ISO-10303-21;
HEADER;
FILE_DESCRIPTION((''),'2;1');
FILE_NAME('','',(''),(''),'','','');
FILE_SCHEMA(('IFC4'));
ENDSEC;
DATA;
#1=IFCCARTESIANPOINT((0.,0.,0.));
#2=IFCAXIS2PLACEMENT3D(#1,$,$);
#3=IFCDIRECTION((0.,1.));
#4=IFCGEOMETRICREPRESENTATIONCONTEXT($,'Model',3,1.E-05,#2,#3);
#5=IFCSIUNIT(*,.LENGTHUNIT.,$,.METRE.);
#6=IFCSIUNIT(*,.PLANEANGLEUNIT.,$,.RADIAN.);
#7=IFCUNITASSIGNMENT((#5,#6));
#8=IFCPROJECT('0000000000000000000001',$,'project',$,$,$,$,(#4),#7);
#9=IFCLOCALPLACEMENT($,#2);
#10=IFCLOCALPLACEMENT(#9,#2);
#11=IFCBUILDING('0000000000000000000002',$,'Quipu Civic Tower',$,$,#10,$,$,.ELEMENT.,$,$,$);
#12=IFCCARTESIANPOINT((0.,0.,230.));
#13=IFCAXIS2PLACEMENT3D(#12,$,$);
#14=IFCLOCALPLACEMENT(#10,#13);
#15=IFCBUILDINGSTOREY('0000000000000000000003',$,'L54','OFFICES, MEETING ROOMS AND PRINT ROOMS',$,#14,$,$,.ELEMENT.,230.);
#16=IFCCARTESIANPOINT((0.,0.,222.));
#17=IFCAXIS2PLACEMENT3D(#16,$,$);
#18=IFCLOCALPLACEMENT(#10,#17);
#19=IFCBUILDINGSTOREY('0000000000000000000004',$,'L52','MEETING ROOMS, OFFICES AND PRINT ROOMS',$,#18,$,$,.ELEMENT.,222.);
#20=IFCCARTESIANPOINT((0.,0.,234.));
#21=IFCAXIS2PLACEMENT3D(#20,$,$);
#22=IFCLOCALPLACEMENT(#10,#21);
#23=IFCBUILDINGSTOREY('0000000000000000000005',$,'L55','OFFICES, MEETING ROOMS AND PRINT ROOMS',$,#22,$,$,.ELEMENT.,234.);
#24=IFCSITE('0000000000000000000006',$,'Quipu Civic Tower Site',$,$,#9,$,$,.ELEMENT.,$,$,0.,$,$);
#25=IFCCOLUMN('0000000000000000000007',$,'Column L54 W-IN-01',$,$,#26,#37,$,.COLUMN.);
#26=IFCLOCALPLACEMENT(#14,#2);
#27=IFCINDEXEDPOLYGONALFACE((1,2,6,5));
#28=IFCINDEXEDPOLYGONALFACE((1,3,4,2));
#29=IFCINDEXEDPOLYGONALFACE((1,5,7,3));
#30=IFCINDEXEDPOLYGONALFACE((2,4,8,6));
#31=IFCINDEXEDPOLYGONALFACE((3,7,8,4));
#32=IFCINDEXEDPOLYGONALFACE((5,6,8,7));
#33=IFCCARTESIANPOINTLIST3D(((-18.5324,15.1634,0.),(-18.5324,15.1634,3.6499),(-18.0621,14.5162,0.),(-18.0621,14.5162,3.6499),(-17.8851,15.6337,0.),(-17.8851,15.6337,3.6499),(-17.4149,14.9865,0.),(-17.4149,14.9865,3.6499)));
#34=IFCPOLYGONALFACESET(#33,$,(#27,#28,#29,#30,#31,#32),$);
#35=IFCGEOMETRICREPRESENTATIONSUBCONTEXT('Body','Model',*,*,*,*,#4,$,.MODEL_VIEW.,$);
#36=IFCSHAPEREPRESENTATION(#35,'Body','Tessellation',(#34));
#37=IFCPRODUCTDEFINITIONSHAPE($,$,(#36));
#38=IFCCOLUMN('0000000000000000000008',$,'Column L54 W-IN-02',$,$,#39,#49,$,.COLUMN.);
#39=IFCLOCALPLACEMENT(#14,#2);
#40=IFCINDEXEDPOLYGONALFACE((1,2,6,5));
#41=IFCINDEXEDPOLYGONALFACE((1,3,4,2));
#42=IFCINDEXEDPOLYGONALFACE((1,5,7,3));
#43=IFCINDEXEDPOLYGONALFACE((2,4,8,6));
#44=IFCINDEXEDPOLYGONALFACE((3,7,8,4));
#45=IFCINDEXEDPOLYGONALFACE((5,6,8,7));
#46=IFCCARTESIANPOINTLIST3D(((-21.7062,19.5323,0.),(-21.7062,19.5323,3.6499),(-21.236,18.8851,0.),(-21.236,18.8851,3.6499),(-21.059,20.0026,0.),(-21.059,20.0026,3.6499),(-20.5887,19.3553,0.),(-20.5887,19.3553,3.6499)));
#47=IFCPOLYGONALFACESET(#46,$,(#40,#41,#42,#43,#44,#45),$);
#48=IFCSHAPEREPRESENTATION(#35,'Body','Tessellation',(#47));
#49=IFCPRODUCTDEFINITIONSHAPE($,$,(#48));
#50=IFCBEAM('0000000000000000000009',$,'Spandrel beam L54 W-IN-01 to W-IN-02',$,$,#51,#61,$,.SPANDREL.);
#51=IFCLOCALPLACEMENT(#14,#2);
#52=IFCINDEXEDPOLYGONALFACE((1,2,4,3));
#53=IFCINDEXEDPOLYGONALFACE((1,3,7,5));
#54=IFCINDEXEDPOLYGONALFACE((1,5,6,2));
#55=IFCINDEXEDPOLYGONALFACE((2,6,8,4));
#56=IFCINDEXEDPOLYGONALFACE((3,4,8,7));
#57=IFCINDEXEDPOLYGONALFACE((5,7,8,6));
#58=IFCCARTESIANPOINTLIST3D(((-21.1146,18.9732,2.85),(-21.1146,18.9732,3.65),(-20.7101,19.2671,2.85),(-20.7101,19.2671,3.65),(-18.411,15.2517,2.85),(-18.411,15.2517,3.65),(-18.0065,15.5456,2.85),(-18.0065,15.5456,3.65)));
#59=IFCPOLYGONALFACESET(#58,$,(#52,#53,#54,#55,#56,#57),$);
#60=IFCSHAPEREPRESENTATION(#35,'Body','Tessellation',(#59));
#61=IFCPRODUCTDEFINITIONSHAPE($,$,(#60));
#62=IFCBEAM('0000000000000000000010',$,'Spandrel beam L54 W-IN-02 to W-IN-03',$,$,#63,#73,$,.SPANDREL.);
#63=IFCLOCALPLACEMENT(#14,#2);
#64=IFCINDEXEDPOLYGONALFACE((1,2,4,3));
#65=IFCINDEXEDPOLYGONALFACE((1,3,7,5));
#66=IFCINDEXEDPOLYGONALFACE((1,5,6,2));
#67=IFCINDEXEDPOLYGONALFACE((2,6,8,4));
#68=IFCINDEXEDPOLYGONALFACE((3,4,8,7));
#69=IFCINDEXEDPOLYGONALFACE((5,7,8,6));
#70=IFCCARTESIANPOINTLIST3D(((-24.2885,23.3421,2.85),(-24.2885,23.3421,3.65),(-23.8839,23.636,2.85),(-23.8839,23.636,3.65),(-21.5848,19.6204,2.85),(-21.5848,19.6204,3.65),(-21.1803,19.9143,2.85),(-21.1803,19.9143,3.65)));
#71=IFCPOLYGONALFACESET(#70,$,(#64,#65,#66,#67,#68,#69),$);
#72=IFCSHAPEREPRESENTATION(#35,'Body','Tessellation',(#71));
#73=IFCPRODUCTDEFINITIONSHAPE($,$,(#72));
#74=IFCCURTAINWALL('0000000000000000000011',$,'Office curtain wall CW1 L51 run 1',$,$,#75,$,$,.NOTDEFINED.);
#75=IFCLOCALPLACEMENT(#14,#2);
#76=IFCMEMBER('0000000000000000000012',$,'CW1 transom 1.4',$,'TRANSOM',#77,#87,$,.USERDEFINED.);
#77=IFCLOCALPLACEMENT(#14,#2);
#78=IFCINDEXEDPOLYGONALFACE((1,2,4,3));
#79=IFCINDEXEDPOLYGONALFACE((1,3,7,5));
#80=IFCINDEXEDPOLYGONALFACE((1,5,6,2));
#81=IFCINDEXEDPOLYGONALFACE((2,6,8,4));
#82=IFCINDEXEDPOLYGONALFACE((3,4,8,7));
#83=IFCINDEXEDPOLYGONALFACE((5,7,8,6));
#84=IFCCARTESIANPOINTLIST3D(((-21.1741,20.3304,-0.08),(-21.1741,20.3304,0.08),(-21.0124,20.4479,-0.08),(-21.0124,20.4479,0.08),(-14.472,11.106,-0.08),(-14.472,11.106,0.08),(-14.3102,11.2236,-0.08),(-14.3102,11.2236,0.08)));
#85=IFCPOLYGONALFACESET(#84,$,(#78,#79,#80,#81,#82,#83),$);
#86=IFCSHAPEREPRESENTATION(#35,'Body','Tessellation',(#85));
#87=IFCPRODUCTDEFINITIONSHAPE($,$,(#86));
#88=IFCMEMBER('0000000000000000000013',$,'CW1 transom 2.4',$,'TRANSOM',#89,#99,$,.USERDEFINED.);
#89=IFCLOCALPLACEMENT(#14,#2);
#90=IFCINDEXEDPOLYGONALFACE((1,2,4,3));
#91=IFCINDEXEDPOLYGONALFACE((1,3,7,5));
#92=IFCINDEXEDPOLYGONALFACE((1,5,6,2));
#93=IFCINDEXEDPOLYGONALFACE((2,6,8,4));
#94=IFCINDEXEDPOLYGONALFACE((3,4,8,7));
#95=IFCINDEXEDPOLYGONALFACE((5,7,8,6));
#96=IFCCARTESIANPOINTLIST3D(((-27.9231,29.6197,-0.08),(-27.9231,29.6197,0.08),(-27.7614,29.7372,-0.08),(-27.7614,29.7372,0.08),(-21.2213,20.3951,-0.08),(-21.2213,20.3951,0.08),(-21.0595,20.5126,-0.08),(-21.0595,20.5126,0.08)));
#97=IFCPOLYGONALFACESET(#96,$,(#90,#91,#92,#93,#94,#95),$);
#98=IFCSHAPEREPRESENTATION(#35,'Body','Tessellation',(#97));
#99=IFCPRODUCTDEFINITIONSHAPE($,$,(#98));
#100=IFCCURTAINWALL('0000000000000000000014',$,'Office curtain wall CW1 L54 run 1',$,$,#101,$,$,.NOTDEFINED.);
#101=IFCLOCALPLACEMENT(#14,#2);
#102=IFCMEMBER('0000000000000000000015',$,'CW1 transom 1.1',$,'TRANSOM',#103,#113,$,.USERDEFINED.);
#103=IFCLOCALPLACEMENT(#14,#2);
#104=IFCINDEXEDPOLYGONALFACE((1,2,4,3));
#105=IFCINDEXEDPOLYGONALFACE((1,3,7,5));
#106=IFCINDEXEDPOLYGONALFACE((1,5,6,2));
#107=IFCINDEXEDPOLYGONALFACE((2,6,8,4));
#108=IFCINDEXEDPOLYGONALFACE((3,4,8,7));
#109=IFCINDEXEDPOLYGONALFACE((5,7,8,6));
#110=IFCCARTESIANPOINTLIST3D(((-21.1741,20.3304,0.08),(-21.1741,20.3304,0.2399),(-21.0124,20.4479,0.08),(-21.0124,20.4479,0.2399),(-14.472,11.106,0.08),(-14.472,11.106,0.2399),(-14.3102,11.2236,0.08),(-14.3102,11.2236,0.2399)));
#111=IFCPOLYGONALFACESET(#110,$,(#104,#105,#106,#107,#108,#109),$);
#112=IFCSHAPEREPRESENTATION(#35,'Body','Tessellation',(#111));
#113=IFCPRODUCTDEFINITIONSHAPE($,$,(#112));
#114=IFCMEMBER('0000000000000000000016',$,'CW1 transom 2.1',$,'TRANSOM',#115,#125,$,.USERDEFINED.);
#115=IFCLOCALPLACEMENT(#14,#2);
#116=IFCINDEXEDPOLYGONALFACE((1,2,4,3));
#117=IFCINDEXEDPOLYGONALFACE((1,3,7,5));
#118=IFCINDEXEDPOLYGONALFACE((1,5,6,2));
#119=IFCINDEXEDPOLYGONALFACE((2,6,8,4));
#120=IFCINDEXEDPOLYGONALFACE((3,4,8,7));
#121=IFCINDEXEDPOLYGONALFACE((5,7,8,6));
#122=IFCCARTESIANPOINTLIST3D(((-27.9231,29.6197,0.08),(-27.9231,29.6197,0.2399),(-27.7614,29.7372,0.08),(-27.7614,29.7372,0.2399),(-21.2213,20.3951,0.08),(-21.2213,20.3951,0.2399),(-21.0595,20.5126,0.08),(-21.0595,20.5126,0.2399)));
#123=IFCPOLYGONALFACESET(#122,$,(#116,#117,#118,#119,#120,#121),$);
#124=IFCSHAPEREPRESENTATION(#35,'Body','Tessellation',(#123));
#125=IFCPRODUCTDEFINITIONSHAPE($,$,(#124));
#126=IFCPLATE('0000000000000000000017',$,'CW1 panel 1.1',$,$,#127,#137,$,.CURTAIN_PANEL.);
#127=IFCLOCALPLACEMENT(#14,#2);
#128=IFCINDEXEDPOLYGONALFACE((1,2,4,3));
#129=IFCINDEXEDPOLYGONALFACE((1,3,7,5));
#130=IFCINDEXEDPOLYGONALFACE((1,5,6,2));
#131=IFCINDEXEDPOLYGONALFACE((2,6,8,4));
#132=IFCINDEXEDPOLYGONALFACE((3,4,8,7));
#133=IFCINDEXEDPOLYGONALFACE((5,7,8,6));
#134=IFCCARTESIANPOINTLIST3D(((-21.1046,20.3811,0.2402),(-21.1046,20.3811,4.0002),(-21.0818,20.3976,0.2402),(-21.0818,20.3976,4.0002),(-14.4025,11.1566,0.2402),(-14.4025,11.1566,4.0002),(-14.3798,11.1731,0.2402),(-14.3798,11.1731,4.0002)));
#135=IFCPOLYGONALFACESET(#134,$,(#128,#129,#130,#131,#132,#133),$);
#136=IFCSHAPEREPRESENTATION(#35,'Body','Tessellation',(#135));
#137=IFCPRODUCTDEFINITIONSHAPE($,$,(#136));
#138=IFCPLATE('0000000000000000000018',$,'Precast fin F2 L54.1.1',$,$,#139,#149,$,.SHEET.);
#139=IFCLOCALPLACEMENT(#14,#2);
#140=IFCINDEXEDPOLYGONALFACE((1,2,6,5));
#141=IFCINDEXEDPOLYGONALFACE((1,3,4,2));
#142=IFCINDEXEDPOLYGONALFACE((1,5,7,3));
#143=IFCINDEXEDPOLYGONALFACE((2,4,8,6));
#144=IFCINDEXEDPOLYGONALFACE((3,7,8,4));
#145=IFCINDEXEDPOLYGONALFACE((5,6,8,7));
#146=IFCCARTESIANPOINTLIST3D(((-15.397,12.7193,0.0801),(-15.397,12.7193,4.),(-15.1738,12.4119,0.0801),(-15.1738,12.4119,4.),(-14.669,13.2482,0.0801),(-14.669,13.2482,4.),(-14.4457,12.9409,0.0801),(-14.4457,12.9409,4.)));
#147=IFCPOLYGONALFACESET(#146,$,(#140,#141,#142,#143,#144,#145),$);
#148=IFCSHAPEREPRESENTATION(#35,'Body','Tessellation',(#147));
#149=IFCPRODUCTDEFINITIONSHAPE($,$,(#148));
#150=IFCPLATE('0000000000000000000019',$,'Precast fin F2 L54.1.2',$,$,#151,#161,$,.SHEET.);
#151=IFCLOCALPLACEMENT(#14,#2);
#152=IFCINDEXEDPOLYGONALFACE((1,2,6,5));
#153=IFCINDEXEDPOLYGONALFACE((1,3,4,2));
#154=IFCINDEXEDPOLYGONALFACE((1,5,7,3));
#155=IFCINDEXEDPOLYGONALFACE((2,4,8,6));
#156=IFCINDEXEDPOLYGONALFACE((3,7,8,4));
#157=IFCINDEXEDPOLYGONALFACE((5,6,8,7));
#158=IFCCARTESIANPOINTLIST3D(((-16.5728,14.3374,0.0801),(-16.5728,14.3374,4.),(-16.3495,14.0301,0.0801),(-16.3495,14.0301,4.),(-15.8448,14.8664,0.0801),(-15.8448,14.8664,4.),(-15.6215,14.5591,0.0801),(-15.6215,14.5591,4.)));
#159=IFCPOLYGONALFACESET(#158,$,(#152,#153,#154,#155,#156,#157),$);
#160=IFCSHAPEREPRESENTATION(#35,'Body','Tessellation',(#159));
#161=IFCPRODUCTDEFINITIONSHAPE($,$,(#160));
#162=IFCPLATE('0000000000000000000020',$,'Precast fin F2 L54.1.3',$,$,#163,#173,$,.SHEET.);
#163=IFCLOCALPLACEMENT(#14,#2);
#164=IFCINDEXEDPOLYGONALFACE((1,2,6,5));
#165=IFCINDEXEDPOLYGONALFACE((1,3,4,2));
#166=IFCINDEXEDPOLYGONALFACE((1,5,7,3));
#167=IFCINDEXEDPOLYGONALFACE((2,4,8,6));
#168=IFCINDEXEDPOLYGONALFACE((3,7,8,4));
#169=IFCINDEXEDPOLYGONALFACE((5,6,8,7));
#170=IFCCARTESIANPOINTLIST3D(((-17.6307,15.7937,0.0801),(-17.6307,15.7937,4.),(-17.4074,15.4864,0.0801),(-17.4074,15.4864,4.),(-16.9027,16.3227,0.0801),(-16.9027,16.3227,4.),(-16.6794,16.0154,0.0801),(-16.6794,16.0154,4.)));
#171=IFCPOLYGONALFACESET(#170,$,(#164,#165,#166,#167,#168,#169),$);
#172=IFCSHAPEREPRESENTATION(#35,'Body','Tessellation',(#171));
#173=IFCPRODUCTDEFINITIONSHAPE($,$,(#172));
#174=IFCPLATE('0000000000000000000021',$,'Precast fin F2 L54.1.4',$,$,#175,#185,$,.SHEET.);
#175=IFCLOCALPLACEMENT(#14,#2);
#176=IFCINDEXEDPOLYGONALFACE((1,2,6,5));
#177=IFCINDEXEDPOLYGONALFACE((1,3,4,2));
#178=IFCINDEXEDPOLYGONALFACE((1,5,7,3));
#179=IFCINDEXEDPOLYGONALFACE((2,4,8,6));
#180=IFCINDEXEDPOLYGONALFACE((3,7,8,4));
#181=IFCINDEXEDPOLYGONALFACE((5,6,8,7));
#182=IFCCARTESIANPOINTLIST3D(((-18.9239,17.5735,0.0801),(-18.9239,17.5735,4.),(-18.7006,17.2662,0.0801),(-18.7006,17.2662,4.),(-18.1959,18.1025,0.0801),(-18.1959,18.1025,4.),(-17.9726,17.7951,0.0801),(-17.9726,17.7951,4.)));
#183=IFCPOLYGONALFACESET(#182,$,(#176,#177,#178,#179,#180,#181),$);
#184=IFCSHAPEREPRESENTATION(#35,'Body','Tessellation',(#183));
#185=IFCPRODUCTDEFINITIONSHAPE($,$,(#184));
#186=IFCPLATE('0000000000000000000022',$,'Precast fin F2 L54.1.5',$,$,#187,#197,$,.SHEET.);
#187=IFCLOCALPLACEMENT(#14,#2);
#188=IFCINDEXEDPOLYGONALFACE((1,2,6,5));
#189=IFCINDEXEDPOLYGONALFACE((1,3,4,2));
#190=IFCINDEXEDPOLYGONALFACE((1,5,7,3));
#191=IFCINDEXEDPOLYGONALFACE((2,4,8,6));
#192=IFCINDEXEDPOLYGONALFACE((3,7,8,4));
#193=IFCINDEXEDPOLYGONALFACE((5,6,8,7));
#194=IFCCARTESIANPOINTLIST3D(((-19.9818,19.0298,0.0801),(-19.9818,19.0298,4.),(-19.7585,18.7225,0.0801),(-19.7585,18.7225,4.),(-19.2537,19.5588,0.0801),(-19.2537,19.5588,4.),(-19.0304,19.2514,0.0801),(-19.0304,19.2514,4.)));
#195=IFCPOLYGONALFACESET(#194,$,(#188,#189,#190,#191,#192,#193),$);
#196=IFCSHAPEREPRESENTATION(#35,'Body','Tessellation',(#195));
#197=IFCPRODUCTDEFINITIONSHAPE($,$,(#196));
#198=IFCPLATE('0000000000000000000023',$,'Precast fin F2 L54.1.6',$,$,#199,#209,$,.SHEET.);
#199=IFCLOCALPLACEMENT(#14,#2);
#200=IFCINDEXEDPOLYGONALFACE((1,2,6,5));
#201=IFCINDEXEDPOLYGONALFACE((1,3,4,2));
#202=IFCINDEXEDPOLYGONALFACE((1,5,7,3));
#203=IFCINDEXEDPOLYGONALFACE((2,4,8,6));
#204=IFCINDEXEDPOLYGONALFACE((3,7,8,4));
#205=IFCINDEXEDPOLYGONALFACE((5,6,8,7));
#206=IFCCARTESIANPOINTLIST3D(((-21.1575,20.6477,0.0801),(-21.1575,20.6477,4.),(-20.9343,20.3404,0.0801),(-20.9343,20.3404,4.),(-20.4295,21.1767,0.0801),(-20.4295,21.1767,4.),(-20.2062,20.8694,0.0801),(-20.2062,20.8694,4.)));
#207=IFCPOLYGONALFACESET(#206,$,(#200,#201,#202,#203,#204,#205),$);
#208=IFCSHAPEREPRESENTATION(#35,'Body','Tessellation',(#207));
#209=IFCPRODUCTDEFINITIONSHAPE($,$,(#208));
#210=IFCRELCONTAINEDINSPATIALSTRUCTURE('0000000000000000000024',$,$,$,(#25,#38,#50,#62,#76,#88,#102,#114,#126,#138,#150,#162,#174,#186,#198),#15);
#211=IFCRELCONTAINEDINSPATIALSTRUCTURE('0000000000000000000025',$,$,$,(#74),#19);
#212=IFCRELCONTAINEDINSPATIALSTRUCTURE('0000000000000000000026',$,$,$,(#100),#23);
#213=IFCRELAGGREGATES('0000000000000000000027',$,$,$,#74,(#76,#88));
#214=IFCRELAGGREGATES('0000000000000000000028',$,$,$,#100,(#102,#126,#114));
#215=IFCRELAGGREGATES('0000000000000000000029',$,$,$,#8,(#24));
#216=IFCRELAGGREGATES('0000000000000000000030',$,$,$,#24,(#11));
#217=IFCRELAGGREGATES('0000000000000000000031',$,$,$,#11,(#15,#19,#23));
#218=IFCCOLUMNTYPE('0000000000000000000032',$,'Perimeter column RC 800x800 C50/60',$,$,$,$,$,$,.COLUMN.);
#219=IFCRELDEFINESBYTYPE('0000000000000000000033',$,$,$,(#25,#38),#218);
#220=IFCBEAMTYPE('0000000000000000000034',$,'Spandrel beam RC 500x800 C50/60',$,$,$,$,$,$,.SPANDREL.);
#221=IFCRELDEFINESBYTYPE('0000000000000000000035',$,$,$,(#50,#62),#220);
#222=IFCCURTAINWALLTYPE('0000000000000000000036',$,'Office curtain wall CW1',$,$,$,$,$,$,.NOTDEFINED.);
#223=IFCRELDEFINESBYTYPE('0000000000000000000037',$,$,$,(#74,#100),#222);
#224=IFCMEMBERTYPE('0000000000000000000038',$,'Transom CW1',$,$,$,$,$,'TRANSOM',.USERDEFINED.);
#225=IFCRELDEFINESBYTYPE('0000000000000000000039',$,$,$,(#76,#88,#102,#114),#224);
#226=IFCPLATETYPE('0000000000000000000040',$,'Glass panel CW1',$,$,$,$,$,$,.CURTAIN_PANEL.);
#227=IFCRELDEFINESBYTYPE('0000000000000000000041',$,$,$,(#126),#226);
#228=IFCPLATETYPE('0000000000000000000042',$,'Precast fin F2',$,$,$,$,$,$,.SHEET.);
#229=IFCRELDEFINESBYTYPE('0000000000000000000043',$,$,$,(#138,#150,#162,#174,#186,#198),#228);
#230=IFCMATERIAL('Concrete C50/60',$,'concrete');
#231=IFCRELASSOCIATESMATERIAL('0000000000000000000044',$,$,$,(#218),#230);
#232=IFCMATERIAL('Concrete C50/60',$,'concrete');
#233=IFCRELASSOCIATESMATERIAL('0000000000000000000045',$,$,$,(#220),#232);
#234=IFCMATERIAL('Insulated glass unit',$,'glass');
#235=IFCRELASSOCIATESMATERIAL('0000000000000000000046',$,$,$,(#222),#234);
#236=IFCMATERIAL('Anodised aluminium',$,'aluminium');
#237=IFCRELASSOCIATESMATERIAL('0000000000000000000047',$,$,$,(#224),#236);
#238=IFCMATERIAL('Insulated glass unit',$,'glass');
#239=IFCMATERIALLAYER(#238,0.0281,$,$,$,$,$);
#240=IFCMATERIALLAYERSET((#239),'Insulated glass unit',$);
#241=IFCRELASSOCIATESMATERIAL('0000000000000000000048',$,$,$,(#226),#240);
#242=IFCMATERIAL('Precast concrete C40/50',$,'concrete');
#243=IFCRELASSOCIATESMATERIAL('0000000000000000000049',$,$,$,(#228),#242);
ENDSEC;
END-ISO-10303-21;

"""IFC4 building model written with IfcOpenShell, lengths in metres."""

from ifc_helpers import new_model, si_unit, direction, frame, origin, origin_2d, place, context, subcontext, project, spatial, rectangle, extrude, material, layer, layer_set, material_profile, profile_set, type_object, element, aggregate, save


model = new_model("IFC4")

# Units and contexts
model_context = context("Model", 3, precision=1e-05, world=origin(), true_north=direction((0.0, 1.0)))
body_context = subcontext(model_context, "Body", "Model", "MODEL_VIEW")
ifc_project = project(units=[si_unit("LENGTHUNIT", "METRE"), si_unit("PLANEANGLEUNIT", "RADIAN")], contexts=[model_context])

# Site, building, storey
site_placement = place(None, origin())
site = spatial("IfcSite", under=ifc_project, at=site_placement, Name="Quipu Civic Tower Site", CompositionType="ELEMENT", RefElevation=0.0)
building_placement = place(site_placement, origin())
building = spatial("IfcBuilding", under=site, at=building_placement, Name="Quipu Civic Tower", CompositionType="ELEMENT")
storey_1_placement = place(building_placement, frame((0.0, 0.0, 230.0)))
storey_1 = spatial("IfcBuildingStorey", under=building, at=storey_1_placement, Name="L54", Description="OFFICES, MEETING ROOMS AND PRINT ROOMS", CompositionType="ELEMENT", Elevation=230.0)

# Columns
ifc_material_1 = material(Name="Concrete C50/60", Category="concrete")
ifc_material_profile_1 = material_profile(ifc_material_1, rectangle(XDim=0.8, YDim=0.8, at=origin_2d()), Name="RC800x800")
ifc_profile_set_1 = profile_set([ifc_material_profile_1], Name="Concrete C50/60")
column_type = type_object("IfcColumnType", Name="Perimeter column RC 800x800 C50/60", PredefinedType="COLUMN", material=ifc_profile_set_1)
for number, where, z_axis, x_axis, name in (
    (1, (-17.9736, 15.075, 0.0), (0.0, 0.0, 1.0), (-0.587785, 0.809017, 0.0), "Column L54 W-IN-01"),
    (2, (-21.1475, 19.4438, 0.0), (0.0, 0.0, 1.0), (-0.587785, 0.809017, 0.0), "Column L54 W-IN-02"),
):
    element("IfcColumn", number, at=place(storey_1_placement, frame(where, z_axis=z_axis, x_axis=x_axis)), inside=storey_1, type_object=column_type, Name=name, PredefinedType="COLUMN", context=body_context, shape_type="SweptSolid", body=[
        extrude(rectangle(XDim=0.8, YDim=0.8, at=origin_2d()), origin(), (0.0, 0.0, 1.0), 3.6499),
    ])

# Beams
ifc_material_2 = material(Name="Concrete C50/60", Category="concrete")
ifc_material_profile_2 = material_profile(ifc_material_2, rectangle(XDim=0.5, YDim=0.8, at=origin_2d()), Name="RC500x800")
ifc_profile_set_2 = profile_set([ifc_material_profile_2], Name="Concrete C50/60")
beam_type = type_object("IfcBeamType", Name="Spandrel beam RC 500x800 C50/60", PredefinedType="SPANDREL", material=ifc_profile_set_2)
beam_1_placement = place(storey_1_placement, frame((-18.2087, 15.3987, 3.25), z_axis=(-0.587761, 0.809034, 0.0), x_axis=(-0.809034, -0.587761, 0.0)))
element("IfcBeam", 3, at=beam_1_placement, inside=storey_1, type_object=beam_type, Name="Spandrel beam L54 W-IN-01 to W-IN-02", PredefinedType="SPANDREL", context=body_context, shape_type="SweptSolid", body=[
    extrude(rectangle(XDim=0.5, YDim=0.8, at=origin_2d()), origin(), (0.0, 0.0, 1.0), 4.5999),
])
beam_2_placement = place(storey_1_placement, frame((-21.3826, 19.7673, 3.25), z_axis=(-0.587736, 0.809053, 0.0), x_axis=(-0.809053, -0.587736, 0.0)))
element("IfcBeam", 4, at=beam_2_placement, inside=storey_1, type_object=beam_type, Name="Spandrel beam L54 W-IN-02 to W-IN-03", PredefinedType="SPANDREL", context=body_context, shape_type="SweptSolid", body=[
    extrude(rectangle(XDim=0.5, YDim=0.8, at=origin_2d()), origin(), (0.0, 0.0, 1.0), 4.6001),
])

# Shared definitions
storey_2_placement = place(building_placement, frame((0.0, 0.0, 222.0)))
storey_2 = spatial("IfcBuildingStorey", under=building, at=storey_2_placement, Name="L52", Description="MEETING ROOMS, OFFICES AND PRINT ROOMS", CompositionType="ELEMENT", Elevation=222.0)

# Curtain wall, members
ifc_material_3 = material(Name="Insulated glass unit", Category="glass")
curtain_wall_type = type_object("IfcCurtainWallType", Name="Office curtain wall CW1", PredefinedType="NOTDEFINED", material=ifc_material_3)
curtain_wall_1_placement = place(storey_2_placement, origin())
curtain_wall_1 = element("IfcCurtainWall", 5, at=curtain_wall_1_placement, inside=storey_2, type_object=curtain_wall_type, Name="Office curtain wall CW1 L51 run 1", PredefinedType="NOTDEFINED")
ifc_material_4 = material(Name="Anodised aluminium", Category="aluminium")
ifc_material_profile_3 = material_profile(ifc_material_4, rectangle(XDim=0.2, YDim=0.1599, at=origin_2d()), Name="RECT 200x160")
ifc_profile_set_3 = profile_set([ifc_material_profile_3], Name="Anodised aluminium")
member_type = type_object("IfcMemberType", Name="Transom CW1", ElementType="TRANSOM", PredefinedType="USERDEFINED", material=ifc_profile_set_3)
member_1_placement = place(storey_1_placement, frame((-14.3911, 11.1648, 0.0), z_axis=(-0.5878, 0.809006, 0.0), x_axis=(-0.809006, -0.5878, 0.0)))
member_1 = element("IfcMember", 6, at=member_1_placement, inside=storey_1, type_object=member_type, Name="CW1 transom 1.4", ObjectType="TRANSOM", PredefinedType="USERDEFINED", context=body_context, shape_type="SweptSolid", body=[
    extrude(rectangle(XDim=0.2, YDim=0.1599, at=origin_2d()), origin(), (0.0, 0.0, 1.0), 11.4021),
])
member_2_placement = place(storey_1_placement, frame((-21.1404, 20.4539, 0.0), z_axis=(-0.587776, 0.809024, 0.0), x_axis=(-0.809024, -0.587776, 0.0)))
member_2 = element("IfcMember", 7, at=member_2_placement, inside=storey_1, type_object=member_type, Name="CW1 transom 2.4", ObjectType="TRANSOM", PredefinedType="USERDEFINED", context=body_context, shape_type="SweptSolid", body=[
    extrude(rectangle(XDim=0.2, YDim=0.1599, at=origin_2d()), origin(), (0.0, 0.0, 1.0), 11.4021),
])
aggregate(curtain_wall_1, [member_1, member_2])

# Shared definitions
storey_3_placement = place(building_placement, frame((0.0, 0.0, 234.0)))
storey_3 = spatial("IfcBuildingStorey", under=building, at=storey_3_placement, Name="L55", Description="OFFICES, MEETING ROOMS AND PRINT ROOMS", CompositionType="ELEMENT", Elevation=234.0)

# Curtain wall, members, plate
curtain_wall_2_placement = place(storey_3_placement, origin())
curtain_wall_2 = element("IfcCurtainWall", 8, at=curtain_wall_2_placement, inside=storey_3, type_object=curtain_wall_type, Name="Office curtain wall CW1 L54 run 1", PredefinedType="NOTDEFINED")
member_3_placement = place(storey_1_placement, frame((-14.3911, 11.1648, 0.1599), z_axis=(-0.5878, 0.809006, 0.0), x_axis=(-0.809006, -0.5878, 0.0)))
member_3 = element("IfcMember", 9, at=member_3_placement, inside=storey_1, type_object=member_type, Name="CW1 transom 1.1", ObjectType="TRANSOM", PredefinedType="USERDEFINED", context=body_context, shape_type="SweptSolid", body=[
    extrude(rectangle(XDim=0.2, YDim=0.1599, at=origin_2d()), origin(), (0.0, 0.0, 1.0), 11.4021),
])
member_4_placement = place(storey_1_placement, frame((-21.1404, 20.4539, 0.1599), z_axis=(-0.587776, 0.809024, 0.0), x_axis=(-0.809024, -0.587776, 0.0)))
member_4 = element("IfcMember", 10, at=member_4_placement, inside=storey_1, type_object=member_type, Name="CW1 transom 2.1", ObjectType="TRANSOM", PredefinedType="USERDEFINED", context=body_context, shape_type="SweptSolid", body=[
    extrude(rectangle(XDim=0.2, YDim=0.1599, at=origin_2d()), origin(), (0.0, 0.0, 1.0), 11.4021),
])
ifc_material_5 = material(Name="Insulated glass unit", Category="glass")
ifc_layer_1 = layer(ifc_material_5, 0.0281)
ifc_layer_set_1 = layer_set([ifc_layer_1], Name="Insulated glass unit")
plate_type_1 = type_object("IfcPlateType", Name="Glass panel CW1", PredefinedType="CURTAIN_PANEL", material=ifc_layer_set_1)
plate_placement = place(storey_1_placement, frame((-17.7422, 15.7771, 0.2402), z_axis=(0.0, 0.0, 1.0), x_axis=(-0.587789, 0.809014, 0.0)))
plate = element("IfcPlate", 11, at=plate_placement, inside=storey_1, type_object=plate_type_1, Name="CW1 panel 1.1", PredefinedType="CURTAIN_PANEL", context=body_context, shape_type="SweptSolid", body=[
    extrude(rectangle(XDim=11.4021, YDim=0.0281, at=origin_2d()), origin(), (0.0, 0.0, 1.0), 3.76),
])
aggregate(curtain_wall_2, [member_3, plate, member_4])

# Plates
ifc_material_6 = material(Name="Precast concrete C40/50", Category="concrete")
plate_type_2 = type_object("IfcPlateType", Name="Precast fin F2", PredefinedType="SHEET", material=ifc_material_6)
for number, where, z_axis, x_axis, name in (
    (12, (-14.9214, 12.8301, 0.0801), (0.0, 0.0, 1.0), (-0.587787, 0.809016, 0.0), "Precast fin F2 L54.1.1"),
    (13, (-16.0972, 14.4482, 0.0801), (0.0, 0.0, 1.0), (-0.587787, 0.809016, 0.0), "Precast fin F2 L54.1.2"),
    (14, (-17.155, 15.9045, 0.0801), (0.0, 0.0, 1.0), (-0.587787, 0.809016, 0.0), "Precast fin F2 L54.1.3"),
    (15, (-18.4482, 17.6843, 0.0801), (0.0, 0.0, 1.0), (-0.587787, 0.809016, 0.0), "Precast fin F2 L54.1.4"),
    (16, (-19.5061, 19.1406, 0.0801), (0.0, 0.0, 1.0), (-0.587787, 0.809016, 0.0), "Precast fin F2 L54.1.5"),
    (17, (-20.6819, 20.7585, 0.0801), (0.0, 0.0, 1.0), (-0.587787, 0.809016, 0.0), "Precast fin F2 L54.1.6"),
):
    element("IfcPlate", number, at=place(storey_1_placement, frame(where, z_axis=z_axis, x_axis=x_axis)), inside=storey_1, type_object=plate_type_2, Name=name, PredefinedType="SHEET", context=body_context, shape_type="SweptSolid", body=[
        extrude(rectangle(XDim=0.3799, YDim=0.8999, at=origin_2d()), origin(), (0.0, 0.0, 1.0), 3.9199),
    ])

save(model, "model.ifc")
